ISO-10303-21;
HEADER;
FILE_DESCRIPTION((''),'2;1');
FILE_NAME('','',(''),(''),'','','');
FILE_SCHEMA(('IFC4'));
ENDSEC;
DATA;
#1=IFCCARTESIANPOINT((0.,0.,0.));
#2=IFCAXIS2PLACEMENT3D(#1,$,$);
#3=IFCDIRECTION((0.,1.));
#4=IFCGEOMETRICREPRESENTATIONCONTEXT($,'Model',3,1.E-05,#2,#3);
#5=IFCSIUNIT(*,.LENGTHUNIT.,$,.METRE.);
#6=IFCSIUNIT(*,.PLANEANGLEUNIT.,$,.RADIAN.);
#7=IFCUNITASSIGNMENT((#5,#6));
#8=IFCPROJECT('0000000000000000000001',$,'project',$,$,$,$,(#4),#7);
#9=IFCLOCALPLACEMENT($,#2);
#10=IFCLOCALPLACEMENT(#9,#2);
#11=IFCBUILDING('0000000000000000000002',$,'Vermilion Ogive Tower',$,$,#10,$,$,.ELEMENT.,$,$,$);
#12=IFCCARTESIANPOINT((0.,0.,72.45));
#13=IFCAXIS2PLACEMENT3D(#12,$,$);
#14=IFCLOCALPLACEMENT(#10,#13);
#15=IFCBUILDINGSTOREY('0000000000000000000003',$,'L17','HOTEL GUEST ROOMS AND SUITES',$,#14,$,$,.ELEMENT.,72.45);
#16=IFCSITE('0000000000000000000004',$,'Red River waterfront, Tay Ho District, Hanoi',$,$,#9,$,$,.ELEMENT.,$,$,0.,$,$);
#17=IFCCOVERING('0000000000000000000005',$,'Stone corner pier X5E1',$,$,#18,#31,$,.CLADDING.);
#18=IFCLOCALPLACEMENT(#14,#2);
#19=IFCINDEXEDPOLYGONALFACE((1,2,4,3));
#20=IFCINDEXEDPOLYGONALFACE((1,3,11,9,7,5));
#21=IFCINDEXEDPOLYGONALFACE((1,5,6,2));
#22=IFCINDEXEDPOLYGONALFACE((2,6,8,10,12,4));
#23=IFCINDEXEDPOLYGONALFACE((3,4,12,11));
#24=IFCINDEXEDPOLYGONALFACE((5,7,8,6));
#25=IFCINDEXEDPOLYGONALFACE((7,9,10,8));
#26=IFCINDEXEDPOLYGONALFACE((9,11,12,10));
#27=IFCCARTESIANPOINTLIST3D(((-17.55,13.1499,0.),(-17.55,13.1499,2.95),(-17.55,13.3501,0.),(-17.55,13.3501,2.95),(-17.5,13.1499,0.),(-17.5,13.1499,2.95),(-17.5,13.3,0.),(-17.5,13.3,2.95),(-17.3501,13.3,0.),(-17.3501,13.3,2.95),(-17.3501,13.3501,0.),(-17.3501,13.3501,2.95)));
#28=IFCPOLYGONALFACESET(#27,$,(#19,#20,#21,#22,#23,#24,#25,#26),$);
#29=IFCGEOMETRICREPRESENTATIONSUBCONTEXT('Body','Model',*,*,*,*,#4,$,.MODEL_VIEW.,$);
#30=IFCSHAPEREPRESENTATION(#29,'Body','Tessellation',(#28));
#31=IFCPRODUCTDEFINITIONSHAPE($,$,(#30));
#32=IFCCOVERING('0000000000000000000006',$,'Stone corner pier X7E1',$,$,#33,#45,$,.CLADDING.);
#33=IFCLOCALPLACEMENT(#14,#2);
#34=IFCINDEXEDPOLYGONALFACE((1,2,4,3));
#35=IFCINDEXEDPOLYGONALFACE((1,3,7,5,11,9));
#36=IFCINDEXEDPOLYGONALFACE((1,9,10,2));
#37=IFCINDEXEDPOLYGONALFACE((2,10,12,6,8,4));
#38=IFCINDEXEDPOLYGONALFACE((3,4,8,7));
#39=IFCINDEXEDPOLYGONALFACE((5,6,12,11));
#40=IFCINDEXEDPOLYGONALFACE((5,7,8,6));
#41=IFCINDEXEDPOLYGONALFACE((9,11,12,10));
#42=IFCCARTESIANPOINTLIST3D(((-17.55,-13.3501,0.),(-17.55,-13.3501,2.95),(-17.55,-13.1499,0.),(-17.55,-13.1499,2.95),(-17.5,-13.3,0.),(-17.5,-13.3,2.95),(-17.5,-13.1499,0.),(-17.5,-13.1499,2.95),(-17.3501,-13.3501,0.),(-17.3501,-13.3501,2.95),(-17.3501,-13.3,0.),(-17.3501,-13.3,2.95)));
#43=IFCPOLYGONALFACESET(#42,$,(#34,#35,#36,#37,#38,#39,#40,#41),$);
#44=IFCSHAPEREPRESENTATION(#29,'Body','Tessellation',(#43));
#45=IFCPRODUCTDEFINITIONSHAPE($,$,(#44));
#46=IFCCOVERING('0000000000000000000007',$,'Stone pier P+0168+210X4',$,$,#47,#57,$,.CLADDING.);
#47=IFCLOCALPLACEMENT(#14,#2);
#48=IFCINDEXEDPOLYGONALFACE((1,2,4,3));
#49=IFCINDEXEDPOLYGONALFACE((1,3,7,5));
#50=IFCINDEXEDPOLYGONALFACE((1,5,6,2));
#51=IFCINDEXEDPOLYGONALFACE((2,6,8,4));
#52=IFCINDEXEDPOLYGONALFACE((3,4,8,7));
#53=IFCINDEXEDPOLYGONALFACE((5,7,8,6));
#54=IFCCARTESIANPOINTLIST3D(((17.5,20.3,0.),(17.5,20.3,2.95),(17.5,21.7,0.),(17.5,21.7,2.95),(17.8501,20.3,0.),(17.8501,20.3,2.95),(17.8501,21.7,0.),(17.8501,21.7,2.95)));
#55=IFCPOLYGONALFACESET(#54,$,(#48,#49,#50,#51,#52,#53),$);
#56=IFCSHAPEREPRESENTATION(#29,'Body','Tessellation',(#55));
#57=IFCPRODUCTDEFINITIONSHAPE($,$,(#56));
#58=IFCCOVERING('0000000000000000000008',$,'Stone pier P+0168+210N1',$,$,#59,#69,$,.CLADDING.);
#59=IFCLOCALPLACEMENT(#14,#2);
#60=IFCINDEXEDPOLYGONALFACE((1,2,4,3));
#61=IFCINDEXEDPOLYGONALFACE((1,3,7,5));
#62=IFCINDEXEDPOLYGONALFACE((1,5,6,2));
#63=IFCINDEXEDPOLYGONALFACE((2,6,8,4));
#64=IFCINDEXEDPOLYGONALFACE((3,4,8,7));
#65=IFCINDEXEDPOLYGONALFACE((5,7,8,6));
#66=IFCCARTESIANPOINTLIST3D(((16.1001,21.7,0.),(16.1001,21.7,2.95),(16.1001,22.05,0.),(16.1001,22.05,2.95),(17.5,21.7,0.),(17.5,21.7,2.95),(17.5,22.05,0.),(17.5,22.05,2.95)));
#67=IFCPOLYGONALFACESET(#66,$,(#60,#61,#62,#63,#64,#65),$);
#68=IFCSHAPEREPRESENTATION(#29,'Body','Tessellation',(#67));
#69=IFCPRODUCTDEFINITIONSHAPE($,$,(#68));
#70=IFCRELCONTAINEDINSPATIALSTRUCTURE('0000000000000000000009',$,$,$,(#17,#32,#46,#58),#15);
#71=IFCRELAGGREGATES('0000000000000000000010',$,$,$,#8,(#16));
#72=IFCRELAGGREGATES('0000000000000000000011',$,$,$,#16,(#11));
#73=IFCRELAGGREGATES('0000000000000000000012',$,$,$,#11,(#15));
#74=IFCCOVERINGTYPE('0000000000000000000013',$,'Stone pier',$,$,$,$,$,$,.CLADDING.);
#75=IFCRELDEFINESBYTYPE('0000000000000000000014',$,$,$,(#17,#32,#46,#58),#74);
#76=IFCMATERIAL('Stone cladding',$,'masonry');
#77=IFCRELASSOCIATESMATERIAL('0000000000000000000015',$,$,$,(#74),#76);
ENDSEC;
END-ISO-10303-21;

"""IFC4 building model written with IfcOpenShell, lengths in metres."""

from ifc_helpers import new_model, si_unit, direction, frame, origin, place, context, subcontext, project, spatial, polyline, outline, extrude, material, type_object, element, save


model = new_model("IFC4")

# Units and contexts
model_context = context("Model", 3, precision=1e-05, world=origin(), true_north=direction((0.0, 1.0)))
body_context = subcontext(model_context, "Body", "Model", "MODEL_VIEW")
ifc_project = project(units=[si_unit("LENGTHUNIT", "METRE"), si_unit("PLANEANGLEUNIT", "RADIAN")], contexts=[model_context])

# Site, building, storey
site_placement = place(None, origin())
site = spatial("IfcSite", under=ifc_project, at=site_placement, Name="Red River waterfront, Tay Ho District, Hanoi", CompositionType="ELEMENT", RefElevation=0.0)
building_placement = place(site_placement, origin())
building = spatial("IfcBuilding", under=site, at=building_placement, Name="Vermilion Ogive Tower", CompositionType="ELEMENT")
storey_placement = place(building_placement, frame((0.0, 0.0, 72.45)))
storey = spatial("IfcBuildingStorey", under=building, at=storey_placement, Name="L17", Description="HOTEL GUEST ROOMS AND SUITES", CompositionType="ELEMENT", Elevation=72.45)

# Coverings
ifc_material_1 = material(Name="Stone cladding", Category="masonry")
covering_type_1 = type_object("IfcCoveringType", Name="Stone pier", PredefinedType="CLADDING", material=ifc_material_1)
covering_1_placement = place(storey_placement, origin())
element("IfcCovering", 1, at=covering_1_placement, inside=storey, type_object=covering_type_1, Name="Stone corner pier X5E1", PredefinedType="CLADDING", context=body_context, shape_type="SweptSolid", body=[
    extrude(outline(polyline([(-17.3501, 13.3), (-17.5, 13.3), (-17.5, 13.1499), (-17.55, 13.1499), (-17.55, 13.3501), (-17.3501, 13.3501), (-17.3501, 13.3)])), origin(), (0.0, 0.0, 1.0), 2.95),
])
covering_2_placement = place(storey_placement, origin())
element("IfcCovering", 2, at=covering_2_placement, inside=storey, type_object=covering_type_1, Name="Stone corner pier X7E1", PredefinedType="CLADDING", context=body_context, shape_type="SweptSolid", body=[
    extrude(outline(polyline([(-17.5, -13.1499), (-17.5, -13.3), (-17.3501, -13.3), (-17.3501, -13.3501), (-17.55, -13.3501), (-17.55, -13.1499), (-17.5, -13.1499)])), origin(), (0.0, 0.0, 1.0), 2.95),
])
covering_3_placement = place(storey_placement, origin())
element("IfcCovering", 3, at=covering_3_placement, inside=storey, type_object=covering_type_1, Name="Stone pier P+0168+210X4", PredefinedType="CLADDING", context=body_context, shape_type="SweptSolid", body=[
    extrude(outline(polyline([(17.8501, 21.7), (17.8501, 20.3), (17.5, 20.3), (17.5, 21.7), (17.8501, 21.7)])), origin(), (0.0, 0.0, 1.0), 2.95),
])
covering_4_placement = place(storey_placement, origin())
element("IfcCovering", 4, at=covering_4_placement, inside=storey, type_object=covering_type_1, Name="Stone pier P+0168+210N1", PredefinedType="CLADDING", context=body_context, shape_type="SweptSolid", body=[
    extrude(outline(polyline([(17.5, 22.05), (17.5, 21.7), (16.1001, 21.7), (16.1001, 22.05), (17.5, 22.05)])), origin(), (0.0, 0.0, 1.0), 2.95),
])

save(model, "model.ifc")
